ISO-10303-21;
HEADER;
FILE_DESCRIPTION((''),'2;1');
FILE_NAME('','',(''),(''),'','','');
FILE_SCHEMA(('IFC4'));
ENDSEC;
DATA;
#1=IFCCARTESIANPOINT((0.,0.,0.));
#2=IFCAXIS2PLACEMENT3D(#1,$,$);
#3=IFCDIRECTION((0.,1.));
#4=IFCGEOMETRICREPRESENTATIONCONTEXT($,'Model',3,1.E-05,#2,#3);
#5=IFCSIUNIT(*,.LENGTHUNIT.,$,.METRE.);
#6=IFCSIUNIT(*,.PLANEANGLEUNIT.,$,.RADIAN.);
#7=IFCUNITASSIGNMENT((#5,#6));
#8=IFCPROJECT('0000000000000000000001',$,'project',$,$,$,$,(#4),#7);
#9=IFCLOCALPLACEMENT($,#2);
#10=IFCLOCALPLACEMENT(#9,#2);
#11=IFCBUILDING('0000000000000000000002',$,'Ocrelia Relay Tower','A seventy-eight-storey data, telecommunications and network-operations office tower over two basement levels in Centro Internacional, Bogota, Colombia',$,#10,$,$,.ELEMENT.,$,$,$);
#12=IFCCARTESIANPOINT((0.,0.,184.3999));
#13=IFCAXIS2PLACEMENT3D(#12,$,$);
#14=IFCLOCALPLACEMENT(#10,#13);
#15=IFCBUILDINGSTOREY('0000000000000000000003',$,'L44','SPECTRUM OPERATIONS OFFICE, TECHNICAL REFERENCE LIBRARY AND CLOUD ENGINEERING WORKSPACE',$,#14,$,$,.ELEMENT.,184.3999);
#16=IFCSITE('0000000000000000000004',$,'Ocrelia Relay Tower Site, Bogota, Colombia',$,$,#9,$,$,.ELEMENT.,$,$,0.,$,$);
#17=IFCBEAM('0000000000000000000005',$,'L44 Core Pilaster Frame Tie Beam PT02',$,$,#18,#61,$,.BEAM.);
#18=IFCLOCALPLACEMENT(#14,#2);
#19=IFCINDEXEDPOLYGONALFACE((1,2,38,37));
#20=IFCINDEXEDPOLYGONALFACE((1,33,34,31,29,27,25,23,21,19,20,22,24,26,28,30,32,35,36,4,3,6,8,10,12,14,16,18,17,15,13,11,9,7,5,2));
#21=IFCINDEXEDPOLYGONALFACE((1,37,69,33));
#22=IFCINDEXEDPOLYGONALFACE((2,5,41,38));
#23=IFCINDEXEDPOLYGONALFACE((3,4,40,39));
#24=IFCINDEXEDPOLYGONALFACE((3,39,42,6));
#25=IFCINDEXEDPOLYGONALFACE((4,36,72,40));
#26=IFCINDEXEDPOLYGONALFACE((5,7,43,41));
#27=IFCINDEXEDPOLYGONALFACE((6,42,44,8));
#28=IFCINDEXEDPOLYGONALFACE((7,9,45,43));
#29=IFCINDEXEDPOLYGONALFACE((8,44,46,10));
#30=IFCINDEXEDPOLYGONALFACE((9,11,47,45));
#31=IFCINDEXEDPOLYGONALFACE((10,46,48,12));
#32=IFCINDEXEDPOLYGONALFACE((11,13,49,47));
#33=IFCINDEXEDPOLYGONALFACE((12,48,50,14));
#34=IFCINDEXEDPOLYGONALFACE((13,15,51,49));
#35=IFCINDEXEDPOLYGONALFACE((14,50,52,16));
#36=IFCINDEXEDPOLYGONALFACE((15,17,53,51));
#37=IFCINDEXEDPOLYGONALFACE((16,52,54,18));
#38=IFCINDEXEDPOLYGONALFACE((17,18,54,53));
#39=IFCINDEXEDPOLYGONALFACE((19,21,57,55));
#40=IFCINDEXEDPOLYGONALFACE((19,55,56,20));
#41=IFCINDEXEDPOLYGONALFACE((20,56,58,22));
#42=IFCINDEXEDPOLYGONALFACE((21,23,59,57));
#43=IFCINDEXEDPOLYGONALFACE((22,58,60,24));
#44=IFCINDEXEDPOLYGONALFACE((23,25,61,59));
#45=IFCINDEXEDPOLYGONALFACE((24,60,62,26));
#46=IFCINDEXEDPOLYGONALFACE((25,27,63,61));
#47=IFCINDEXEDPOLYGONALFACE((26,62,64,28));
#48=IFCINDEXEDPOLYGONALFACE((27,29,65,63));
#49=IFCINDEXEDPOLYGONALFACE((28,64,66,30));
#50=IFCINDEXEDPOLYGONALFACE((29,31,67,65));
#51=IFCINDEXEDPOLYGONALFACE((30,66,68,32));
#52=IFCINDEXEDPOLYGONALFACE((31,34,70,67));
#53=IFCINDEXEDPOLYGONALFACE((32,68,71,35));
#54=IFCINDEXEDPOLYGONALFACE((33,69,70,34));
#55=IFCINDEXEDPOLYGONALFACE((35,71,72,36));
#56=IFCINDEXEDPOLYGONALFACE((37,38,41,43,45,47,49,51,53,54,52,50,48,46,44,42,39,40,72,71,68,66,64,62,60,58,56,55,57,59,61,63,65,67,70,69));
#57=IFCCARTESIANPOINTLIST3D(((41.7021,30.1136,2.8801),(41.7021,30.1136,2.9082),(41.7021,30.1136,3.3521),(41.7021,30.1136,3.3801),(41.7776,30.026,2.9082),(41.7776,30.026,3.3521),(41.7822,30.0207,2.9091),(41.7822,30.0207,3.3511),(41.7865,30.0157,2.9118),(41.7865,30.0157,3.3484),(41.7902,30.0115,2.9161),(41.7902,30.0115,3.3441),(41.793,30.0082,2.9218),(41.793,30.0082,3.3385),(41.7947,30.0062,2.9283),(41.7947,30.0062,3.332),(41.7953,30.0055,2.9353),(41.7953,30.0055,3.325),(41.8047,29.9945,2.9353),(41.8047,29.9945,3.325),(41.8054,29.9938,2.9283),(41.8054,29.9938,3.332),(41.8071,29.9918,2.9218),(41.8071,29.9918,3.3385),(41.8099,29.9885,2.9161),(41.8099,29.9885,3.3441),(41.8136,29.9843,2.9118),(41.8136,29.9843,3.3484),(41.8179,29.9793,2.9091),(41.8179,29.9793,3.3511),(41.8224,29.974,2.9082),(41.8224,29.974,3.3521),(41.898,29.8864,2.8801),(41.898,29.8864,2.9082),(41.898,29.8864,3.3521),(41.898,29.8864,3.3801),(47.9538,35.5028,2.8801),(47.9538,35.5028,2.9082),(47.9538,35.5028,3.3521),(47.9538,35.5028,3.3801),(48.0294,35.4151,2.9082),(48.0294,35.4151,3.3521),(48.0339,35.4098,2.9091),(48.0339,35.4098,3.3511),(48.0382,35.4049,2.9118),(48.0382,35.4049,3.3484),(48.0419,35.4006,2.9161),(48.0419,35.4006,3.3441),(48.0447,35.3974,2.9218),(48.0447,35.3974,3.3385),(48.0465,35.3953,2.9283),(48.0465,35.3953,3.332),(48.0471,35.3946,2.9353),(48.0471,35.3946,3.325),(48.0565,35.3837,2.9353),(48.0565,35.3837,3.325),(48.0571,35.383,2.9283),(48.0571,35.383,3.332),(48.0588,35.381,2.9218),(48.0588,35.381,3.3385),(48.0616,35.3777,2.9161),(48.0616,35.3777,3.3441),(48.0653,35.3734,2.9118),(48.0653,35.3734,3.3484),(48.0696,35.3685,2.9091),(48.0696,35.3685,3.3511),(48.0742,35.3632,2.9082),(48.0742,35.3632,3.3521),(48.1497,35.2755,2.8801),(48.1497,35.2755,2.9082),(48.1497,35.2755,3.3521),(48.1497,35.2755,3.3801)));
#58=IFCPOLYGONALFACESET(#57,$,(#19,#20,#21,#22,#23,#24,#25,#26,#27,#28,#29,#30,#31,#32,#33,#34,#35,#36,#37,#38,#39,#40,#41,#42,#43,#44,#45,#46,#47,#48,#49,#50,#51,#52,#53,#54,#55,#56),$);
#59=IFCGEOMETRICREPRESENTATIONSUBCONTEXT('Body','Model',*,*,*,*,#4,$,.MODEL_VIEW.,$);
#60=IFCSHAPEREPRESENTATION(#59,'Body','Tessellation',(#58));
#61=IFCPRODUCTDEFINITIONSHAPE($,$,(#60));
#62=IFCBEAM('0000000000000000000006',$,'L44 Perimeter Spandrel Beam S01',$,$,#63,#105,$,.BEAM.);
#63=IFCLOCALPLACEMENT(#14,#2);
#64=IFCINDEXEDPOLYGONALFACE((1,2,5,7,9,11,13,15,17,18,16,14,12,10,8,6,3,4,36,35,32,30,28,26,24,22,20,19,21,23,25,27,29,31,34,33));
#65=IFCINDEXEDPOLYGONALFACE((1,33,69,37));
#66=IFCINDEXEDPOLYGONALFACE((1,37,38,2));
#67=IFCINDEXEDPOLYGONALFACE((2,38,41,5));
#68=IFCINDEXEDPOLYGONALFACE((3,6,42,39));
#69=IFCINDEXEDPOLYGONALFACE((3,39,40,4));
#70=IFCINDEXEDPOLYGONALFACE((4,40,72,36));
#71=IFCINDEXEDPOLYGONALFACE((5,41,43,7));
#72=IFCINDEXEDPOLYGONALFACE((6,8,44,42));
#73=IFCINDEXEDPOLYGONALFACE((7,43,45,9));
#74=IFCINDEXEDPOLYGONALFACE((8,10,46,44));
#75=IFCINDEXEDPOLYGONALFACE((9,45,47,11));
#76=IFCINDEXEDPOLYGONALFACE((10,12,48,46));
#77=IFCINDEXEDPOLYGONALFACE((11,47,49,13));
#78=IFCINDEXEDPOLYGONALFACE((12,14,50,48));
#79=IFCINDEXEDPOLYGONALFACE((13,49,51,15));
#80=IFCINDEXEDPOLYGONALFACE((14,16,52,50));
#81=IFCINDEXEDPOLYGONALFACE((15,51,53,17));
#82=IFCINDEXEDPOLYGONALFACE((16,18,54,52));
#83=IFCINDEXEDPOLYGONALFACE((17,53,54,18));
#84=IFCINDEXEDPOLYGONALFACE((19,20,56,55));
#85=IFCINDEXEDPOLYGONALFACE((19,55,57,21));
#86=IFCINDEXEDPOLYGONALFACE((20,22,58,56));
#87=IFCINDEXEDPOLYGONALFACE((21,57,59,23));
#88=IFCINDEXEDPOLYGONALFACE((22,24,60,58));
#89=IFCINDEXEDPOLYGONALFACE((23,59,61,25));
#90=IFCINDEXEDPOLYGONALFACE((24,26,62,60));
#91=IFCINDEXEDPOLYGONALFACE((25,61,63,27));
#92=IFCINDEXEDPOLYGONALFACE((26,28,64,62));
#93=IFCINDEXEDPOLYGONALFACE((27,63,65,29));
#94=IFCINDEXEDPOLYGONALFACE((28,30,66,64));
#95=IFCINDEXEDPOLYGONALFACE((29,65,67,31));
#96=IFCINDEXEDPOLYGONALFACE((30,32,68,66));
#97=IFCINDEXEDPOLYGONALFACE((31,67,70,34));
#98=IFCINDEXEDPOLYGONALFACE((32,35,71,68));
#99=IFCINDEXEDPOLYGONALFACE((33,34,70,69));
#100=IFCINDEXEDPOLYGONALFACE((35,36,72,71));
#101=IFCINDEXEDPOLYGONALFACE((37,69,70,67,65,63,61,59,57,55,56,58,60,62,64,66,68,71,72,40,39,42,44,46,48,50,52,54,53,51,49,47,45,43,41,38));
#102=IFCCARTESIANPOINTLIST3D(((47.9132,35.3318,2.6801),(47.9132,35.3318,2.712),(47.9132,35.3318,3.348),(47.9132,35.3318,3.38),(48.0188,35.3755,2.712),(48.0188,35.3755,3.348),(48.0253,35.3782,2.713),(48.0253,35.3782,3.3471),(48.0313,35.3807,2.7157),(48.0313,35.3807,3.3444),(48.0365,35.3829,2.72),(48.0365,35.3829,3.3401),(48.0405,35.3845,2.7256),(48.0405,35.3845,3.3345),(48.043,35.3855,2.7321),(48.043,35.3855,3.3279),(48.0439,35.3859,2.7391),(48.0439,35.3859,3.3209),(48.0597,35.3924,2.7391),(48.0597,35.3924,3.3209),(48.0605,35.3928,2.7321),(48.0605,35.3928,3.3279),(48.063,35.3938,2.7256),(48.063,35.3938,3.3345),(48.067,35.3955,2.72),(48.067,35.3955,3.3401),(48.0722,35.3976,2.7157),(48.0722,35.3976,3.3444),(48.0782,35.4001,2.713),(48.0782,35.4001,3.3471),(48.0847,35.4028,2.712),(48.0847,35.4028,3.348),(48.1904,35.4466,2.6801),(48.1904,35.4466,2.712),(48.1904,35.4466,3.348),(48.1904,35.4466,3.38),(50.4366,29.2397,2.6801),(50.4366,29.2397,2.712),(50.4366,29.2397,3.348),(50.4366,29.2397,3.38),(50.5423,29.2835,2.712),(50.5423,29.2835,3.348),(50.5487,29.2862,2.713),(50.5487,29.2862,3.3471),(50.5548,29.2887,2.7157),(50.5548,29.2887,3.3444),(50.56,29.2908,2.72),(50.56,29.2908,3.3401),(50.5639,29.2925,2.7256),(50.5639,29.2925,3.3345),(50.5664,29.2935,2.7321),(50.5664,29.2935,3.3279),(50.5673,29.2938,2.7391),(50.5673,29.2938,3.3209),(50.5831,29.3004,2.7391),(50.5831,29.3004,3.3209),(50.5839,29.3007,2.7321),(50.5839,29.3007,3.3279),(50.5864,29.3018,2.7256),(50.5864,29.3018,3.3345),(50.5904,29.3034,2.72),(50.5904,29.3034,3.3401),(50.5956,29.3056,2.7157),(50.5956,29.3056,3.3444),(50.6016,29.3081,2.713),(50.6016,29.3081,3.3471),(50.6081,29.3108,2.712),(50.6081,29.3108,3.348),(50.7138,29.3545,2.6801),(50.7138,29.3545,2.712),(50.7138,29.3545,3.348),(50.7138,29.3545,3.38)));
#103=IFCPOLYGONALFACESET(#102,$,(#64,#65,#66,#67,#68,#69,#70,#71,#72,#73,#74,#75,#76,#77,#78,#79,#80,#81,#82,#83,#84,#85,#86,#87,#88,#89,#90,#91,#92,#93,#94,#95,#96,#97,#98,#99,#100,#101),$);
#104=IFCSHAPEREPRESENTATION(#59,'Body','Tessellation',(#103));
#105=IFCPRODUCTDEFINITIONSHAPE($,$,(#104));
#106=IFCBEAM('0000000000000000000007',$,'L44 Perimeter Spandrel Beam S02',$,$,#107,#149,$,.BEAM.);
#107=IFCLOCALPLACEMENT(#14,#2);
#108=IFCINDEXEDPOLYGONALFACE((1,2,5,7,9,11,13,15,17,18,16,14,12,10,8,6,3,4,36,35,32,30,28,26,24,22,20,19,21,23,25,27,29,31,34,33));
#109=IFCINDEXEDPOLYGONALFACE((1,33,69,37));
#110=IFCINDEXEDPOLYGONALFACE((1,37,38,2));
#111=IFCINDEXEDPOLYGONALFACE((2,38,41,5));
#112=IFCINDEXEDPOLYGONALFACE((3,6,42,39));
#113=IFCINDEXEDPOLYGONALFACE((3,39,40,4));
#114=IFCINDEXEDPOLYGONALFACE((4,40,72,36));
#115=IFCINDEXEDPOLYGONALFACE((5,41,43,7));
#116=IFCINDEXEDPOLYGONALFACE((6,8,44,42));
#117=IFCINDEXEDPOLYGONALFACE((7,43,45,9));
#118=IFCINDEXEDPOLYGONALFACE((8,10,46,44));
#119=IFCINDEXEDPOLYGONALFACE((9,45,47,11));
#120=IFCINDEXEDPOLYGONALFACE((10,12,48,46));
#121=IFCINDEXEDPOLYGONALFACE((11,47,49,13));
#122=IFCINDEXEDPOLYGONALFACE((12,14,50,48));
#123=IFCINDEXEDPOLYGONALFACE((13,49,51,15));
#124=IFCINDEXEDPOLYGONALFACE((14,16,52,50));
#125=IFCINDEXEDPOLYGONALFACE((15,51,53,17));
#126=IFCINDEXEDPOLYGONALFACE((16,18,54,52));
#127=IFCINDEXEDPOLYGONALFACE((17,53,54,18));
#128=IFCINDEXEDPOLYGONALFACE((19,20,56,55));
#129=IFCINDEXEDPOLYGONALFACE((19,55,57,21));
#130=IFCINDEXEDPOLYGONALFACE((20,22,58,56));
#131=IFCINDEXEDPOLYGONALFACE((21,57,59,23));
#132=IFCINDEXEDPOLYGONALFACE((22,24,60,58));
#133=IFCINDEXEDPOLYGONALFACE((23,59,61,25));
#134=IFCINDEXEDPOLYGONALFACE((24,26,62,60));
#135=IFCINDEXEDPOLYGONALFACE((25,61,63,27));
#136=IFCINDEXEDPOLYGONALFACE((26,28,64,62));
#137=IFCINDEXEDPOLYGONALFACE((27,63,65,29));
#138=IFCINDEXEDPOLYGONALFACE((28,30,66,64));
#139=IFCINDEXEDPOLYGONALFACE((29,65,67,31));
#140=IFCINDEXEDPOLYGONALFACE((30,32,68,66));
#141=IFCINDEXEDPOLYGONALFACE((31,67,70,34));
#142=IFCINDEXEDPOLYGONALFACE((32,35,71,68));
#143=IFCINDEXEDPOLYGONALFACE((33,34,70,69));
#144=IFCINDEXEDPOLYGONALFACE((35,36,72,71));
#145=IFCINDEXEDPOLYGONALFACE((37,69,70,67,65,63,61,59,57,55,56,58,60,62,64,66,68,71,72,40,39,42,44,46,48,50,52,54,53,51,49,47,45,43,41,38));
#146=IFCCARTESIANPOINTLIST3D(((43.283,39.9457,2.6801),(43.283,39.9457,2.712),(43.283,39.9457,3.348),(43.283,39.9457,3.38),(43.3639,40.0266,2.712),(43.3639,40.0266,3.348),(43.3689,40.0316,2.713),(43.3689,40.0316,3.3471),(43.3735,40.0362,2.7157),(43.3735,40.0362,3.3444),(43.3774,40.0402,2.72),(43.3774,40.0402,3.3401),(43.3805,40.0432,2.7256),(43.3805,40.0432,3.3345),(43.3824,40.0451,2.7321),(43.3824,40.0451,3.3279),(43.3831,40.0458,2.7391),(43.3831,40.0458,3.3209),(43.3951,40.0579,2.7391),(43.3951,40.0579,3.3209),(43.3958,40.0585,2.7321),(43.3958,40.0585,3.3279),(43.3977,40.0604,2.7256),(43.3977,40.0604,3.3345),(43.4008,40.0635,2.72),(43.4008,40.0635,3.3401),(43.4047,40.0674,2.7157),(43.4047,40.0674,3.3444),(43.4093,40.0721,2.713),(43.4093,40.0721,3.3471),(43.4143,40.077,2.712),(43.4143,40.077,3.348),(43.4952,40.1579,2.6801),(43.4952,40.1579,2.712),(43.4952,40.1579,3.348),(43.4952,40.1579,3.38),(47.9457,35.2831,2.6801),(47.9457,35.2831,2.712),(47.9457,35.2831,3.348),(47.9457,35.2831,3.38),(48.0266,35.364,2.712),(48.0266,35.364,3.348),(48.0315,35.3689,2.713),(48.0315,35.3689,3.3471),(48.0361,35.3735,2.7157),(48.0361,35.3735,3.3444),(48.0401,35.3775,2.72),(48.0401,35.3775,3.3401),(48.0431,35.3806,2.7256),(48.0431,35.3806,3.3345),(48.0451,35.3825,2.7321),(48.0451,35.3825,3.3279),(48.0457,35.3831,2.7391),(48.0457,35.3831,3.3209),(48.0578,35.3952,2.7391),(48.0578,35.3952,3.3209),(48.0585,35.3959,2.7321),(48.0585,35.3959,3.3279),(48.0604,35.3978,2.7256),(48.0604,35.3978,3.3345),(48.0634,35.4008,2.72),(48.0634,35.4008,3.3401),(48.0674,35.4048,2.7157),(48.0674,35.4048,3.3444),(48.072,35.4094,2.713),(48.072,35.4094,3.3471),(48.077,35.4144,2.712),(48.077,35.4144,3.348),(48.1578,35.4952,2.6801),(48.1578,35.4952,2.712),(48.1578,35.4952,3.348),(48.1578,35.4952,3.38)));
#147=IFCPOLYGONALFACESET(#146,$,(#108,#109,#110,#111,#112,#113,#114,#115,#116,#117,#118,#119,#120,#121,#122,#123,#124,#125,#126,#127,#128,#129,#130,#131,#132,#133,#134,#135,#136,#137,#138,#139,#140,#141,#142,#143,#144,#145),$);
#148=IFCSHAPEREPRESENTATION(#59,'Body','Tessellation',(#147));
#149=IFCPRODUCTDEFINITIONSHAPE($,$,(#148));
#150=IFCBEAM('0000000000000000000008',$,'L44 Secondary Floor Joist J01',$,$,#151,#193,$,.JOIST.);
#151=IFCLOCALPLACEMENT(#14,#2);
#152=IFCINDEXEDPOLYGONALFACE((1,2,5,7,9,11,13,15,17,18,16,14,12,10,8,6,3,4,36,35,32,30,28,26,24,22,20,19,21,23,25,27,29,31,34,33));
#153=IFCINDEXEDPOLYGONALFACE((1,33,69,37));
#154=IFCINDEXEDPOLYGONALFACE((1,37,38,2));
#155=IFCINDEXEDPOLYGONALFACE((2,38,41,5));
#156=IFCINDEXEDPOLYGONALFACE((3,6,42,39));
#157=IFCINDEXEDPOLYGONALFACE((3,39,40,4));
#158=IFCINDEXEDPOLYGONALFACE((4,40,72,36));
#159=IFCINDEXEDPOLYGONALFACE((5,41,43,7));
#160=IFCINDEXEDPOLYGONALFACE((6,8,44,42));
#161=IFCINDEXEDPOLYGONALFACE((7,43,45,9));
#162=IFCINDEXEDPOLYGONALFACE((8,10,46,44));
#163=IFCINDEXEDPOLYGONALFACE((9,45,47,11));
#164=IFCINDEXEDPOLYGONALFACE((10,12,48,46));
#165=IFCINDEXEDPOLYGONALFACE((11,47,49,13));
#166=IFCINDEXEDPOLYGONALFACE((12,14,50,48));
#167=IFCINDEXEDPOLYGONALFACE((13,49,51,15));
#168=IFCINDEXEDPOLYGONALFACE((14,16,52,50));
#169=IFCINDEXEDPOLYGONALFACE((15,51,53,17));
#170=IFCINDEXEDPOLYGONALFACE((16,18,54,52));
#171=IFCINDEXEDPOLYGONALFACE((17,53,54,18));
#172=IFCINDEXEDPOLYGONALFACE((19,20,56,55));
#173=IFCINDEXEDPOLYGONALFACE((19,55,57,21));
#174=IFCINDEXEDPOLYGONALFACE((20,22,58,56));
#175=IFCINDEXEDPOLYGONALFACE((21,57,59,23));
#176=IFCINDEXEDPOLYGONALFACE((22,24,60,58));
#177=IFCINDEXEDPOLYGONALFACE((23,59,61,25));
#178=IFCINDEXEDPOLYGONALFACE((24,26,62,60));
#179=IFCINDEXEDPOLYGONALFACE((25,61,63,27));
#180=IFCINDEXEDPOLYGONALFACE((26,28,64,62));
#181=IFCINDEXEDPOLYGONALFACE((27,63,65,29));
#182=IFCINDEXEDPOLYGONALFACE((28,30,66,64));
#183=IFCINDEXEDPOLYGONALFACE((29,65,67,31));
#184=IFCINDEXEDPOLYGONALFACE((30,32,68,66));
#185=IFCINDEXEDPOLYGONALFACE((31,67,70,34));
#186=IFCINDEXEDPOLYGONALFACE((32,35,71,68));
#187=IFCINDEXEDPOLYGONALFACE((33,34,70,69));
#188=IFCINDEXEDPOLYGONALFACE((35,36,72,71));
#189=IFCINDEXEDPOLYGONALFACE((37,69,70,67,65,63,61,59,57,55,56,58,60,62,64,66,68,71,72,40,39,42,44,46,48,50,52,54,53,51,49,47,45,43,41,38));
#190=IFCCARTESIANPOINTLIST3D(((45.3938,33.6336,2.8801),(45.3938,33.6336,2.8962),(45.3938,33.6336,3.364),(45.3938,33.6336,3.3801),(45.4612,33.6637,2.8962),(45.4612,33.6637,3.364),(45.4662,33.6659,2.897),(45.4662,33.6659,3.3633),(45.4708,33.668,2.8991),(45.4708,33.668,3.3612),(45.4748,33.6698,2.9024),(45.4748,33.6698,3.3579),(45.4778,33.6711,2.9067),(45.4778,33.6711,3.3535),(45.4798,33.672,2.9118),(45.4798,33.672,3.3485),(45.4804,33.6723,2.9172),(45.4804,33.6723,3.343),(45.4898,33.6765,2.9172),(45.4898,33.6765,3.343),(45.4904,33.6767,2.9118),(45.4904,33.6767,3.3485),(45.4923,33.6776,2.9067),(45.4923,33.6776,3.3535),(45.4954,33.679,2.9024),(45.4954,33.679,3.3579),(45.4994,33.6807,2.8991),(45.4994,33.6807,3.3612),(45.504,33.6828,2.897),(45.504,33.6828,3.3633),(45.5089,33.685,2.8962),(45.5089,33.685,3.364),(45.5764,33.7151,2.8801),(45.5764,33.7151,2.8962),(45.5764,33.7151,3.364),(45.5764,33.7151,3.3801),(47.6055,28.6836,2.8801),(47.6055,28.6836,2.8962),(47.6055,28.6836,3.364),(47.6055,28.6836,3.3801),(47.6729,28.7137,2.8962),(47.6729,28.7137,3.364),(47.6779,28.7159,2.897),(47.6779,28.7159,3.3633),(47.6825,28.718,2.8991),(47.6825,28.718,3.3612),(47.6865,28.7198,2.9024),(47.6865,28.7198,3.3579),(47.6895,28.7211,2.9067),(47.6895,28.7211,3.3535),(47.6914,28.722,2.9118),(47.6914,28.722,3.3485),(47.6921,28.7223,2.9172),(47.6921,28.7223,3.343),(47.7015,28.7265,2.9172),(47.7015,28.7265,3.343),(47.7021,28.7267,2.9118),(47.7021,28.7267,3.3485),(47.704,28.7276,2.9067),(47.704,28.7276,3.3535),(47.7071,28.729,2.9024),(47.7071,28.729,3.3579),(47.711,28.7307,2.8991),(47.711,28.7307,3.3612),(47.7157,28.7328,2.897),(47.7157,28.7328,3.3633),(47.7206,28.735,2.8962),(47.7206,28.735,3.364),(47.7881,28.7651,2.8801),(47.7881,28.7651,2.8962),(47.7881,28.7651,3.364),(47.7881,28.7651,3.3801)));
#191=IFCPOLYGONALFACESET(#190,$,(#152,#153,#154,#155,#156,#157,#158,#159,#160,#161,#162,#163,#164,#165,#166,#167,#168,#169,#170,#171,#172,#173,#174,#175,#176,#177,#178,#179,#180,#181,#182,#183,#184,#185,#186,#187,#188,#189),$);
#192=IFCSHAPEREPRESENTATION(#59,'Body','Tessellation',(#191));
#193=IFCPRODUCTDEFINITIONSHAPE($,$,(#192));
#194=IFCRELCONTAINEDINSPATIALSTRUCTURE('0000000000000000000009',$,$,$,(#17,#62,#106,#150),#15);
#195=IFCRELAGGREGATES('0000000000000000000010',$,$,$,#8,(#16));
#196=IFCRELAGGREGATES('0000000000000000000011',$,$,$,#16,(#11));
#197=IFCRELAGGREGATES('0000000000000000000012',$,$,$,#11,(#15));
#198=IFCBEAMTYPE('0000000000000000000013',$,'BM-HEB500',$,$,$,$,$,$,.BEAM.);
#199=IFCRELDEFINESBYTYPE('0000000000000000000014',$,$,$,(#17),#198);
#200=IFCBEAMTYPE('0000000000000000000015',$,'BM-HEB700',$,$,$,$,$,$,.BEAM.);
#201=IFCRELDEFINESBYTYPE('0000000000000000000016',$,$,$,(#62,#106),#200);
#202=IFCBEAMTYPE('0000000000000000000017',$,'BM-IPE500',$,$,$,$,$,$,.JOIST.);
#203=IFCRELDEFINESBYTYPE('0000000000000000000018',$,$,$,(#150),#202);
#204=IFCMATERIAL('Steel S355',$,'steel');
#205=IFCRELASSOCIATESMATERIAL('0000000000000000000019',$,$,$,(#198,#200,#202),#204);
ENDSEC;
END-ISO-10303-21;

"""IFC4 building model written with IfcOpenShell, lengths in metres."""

from ifc_helpers import new_model, si_unit, direction, frame, origin, origin_2d, place, context, subcontext, project, spatial, i_section, extrude, material, material_profile, profile_set, type_object, element, save


model = new_model("IFC4")

# Units and contexts
model_context = context("Model", 3, precision=1e-05, world=origin(), true_north=direction((0.0, 1.0)))
body_context = subcontext(model_context, "Body", "Model", "MODEL_VIEW")
ifc_project = project(units=[si_unit("LENGTHUNIT", "METRE"), si_unit("PLANEANGLEUNIT", "RADIAN")], contexts=[model_context])

# Site, building, storey
site_placement = place(None, origin())
site = spatial("IfcSite", under=ifc_project, at=site_placement, Name="Ocrelia Relay Tower Site, Bogota, Colombia", CompositionType="ELEMENT", RefElevation=0.0)
building_placement = place(site_placement, origin())
building = spatial("IfcBuilding", under=site, at=building_placement, Name="Ocrelia Relay Tower", Description="A seventy-eight-storey data, telecommunications and network-operations office tower over two basement levels in Centro Internacional, Bogota, Colombia", CompositionType="ELEMENT")
storey_placement = place(building_placement, frame((0.0, 0.0, 184.3999)))
storey = spatial("IfcBuildingStorey", under=building, at=storey_placement, Name="L44", Description="SPECTRUM OPERATIONS OFFICE, TECHNICAL REFERENCE LIBRARY AND CLOUD ENGINEERING WORKSPACE", CompositionType="ELEMENT", Elevation=184.3999)

# Beams
ifc_material_1 = material(Name="Steel S355", Category="steel")
ifc_material_profile_1 = material_profile(ifc_material_1, i_section(OverallWidth=0.3, OverallDepth=0.5, WebThickness=0.0144, FlangeThickness=0.0281, FilletRadius=0.0271, at=origin_2d()), Name="HEB 500")
ifc_profile_set_1 = profile_set([ifc_material_profile_1], Name="Steel S355")
beam_type_1 = type_object("IfcBeamType", Name="BM-HEB500", PredefinedType="BEAM", material=ifc_profile_set_1)
beam_1_placement = place(storey_placement, frame((48.0518, 35.3892, 3.1301), z_axis=(-0.757425, -0.652923, 0.0), x_axis=(0.652923, -0.757425, 0.0)))
element("IfcBeam", 1, at=beam_1_placement, inside=storey, type_object=beam_type_1, Name="L44 Core Pilaster Frame Tie Beam PT02", PredefinedType="BEAM", context=body_context, shape_type="SweptSolid", body=[
    extrude(i_section(OverallWidth=0.3, OverallDepth=0.5, WebThickness=0.0144, FlangeThickness=0.0281, FilletRadius=0.0271, at=origin_2d()), origin(), (0.0, 0.0, 1.0), 8.2539),
])
ifc_material_profile_2 = material_profile(ifc_material_1, i_section(OverallWidth=0.3, OverallDepth=0.7, WebThickness=0.0171, FlangeThickness=0.032, FilletRadius=0.0271, at=origin_2d()), Name="HEB 700")
ifc_profile_set_2 = profile_set([ifc_material_profile_2], Name="Steel S355")
beam_type_2 = type_object("IfcBeamType", Name="BM-HEB700", PredefinedType="BEAM", material=ifc_profile_set_2)
for number, where, z_axis, x_axis, name in (
    (2, (50.5752, 29.2971, 3.03), (-0.382688, 0.923878, 0.0), (-0.923878, -0.382688, 0.0), "L44 Perimeter Spandrel Beam S01"),
    (3, (48.0518, 35.3892, 3.03), (-0.707107, 0.707107, 0.0), (-0.707107, -0.707107, 0.0), "L44 Perimeter Spandrel Beam S02"),
):
    element("IfcBeam", number, at=place(storey_placement, frame(where, z_axis=z_axis, x_axis=x_axis)), inside=storey, type_object=beam_type_2, Name=name, PredefinedType="BEAM", context=body_context, shape_type="SweptSolid", body=[
        extrude(i_section(OverallWidth=0.3, OverallDepth=0.7, WebThickness=0.0171, FlangeThickness=0.032, FilletRadius=0.0271, at=origin_2d()), origin(), (0.0, 0.0, 1.0), 6.594),
    ])
ifc_material_profile_3 = material_profile(ifc_material_1, i_section(OverallWidth=0.2, OverallDepth=0.5, WebThickness=0.0103, FlangeThickness=0.0161, FilletRadius=0.021, at=origin_2d()), Name="IPE 500")
ifc_profile_set_3 = profile_set([ifc_material_profile_3], Name="Steel S355")
beam_type_3 = type_object("IfcBeamType", Name="BM-IPE500", PredefinedType="JOIST", material=ifc_profile_set_3)
beam_2_placement = place(storey_placement, frame((47.6968, 28.7244, 3.1301), z_axis=(-0.407938, 0.913009, 0.0), x_axis=(-0.913009, -0.407938, 0.0)))
element("IfcBeam", 4, at=beam_2_placement, inside=storey, type_object=beam_type_3, Name="L44 Secondary Floor Joist J01", PredefinedType="JOIST", context=body_context, shape_type="SweptSolid", body=[
    extrude(i_section(OverallWidth=0.2, OverallDepth=0.5, WebThickness=0.0103, FlangeThickness=0.0161, FilletRadius=0.021, at=origin_2d()), origin(), (0.0, 0.0, 1.0), 5.4216),
])

save(model, "model.ifc")
